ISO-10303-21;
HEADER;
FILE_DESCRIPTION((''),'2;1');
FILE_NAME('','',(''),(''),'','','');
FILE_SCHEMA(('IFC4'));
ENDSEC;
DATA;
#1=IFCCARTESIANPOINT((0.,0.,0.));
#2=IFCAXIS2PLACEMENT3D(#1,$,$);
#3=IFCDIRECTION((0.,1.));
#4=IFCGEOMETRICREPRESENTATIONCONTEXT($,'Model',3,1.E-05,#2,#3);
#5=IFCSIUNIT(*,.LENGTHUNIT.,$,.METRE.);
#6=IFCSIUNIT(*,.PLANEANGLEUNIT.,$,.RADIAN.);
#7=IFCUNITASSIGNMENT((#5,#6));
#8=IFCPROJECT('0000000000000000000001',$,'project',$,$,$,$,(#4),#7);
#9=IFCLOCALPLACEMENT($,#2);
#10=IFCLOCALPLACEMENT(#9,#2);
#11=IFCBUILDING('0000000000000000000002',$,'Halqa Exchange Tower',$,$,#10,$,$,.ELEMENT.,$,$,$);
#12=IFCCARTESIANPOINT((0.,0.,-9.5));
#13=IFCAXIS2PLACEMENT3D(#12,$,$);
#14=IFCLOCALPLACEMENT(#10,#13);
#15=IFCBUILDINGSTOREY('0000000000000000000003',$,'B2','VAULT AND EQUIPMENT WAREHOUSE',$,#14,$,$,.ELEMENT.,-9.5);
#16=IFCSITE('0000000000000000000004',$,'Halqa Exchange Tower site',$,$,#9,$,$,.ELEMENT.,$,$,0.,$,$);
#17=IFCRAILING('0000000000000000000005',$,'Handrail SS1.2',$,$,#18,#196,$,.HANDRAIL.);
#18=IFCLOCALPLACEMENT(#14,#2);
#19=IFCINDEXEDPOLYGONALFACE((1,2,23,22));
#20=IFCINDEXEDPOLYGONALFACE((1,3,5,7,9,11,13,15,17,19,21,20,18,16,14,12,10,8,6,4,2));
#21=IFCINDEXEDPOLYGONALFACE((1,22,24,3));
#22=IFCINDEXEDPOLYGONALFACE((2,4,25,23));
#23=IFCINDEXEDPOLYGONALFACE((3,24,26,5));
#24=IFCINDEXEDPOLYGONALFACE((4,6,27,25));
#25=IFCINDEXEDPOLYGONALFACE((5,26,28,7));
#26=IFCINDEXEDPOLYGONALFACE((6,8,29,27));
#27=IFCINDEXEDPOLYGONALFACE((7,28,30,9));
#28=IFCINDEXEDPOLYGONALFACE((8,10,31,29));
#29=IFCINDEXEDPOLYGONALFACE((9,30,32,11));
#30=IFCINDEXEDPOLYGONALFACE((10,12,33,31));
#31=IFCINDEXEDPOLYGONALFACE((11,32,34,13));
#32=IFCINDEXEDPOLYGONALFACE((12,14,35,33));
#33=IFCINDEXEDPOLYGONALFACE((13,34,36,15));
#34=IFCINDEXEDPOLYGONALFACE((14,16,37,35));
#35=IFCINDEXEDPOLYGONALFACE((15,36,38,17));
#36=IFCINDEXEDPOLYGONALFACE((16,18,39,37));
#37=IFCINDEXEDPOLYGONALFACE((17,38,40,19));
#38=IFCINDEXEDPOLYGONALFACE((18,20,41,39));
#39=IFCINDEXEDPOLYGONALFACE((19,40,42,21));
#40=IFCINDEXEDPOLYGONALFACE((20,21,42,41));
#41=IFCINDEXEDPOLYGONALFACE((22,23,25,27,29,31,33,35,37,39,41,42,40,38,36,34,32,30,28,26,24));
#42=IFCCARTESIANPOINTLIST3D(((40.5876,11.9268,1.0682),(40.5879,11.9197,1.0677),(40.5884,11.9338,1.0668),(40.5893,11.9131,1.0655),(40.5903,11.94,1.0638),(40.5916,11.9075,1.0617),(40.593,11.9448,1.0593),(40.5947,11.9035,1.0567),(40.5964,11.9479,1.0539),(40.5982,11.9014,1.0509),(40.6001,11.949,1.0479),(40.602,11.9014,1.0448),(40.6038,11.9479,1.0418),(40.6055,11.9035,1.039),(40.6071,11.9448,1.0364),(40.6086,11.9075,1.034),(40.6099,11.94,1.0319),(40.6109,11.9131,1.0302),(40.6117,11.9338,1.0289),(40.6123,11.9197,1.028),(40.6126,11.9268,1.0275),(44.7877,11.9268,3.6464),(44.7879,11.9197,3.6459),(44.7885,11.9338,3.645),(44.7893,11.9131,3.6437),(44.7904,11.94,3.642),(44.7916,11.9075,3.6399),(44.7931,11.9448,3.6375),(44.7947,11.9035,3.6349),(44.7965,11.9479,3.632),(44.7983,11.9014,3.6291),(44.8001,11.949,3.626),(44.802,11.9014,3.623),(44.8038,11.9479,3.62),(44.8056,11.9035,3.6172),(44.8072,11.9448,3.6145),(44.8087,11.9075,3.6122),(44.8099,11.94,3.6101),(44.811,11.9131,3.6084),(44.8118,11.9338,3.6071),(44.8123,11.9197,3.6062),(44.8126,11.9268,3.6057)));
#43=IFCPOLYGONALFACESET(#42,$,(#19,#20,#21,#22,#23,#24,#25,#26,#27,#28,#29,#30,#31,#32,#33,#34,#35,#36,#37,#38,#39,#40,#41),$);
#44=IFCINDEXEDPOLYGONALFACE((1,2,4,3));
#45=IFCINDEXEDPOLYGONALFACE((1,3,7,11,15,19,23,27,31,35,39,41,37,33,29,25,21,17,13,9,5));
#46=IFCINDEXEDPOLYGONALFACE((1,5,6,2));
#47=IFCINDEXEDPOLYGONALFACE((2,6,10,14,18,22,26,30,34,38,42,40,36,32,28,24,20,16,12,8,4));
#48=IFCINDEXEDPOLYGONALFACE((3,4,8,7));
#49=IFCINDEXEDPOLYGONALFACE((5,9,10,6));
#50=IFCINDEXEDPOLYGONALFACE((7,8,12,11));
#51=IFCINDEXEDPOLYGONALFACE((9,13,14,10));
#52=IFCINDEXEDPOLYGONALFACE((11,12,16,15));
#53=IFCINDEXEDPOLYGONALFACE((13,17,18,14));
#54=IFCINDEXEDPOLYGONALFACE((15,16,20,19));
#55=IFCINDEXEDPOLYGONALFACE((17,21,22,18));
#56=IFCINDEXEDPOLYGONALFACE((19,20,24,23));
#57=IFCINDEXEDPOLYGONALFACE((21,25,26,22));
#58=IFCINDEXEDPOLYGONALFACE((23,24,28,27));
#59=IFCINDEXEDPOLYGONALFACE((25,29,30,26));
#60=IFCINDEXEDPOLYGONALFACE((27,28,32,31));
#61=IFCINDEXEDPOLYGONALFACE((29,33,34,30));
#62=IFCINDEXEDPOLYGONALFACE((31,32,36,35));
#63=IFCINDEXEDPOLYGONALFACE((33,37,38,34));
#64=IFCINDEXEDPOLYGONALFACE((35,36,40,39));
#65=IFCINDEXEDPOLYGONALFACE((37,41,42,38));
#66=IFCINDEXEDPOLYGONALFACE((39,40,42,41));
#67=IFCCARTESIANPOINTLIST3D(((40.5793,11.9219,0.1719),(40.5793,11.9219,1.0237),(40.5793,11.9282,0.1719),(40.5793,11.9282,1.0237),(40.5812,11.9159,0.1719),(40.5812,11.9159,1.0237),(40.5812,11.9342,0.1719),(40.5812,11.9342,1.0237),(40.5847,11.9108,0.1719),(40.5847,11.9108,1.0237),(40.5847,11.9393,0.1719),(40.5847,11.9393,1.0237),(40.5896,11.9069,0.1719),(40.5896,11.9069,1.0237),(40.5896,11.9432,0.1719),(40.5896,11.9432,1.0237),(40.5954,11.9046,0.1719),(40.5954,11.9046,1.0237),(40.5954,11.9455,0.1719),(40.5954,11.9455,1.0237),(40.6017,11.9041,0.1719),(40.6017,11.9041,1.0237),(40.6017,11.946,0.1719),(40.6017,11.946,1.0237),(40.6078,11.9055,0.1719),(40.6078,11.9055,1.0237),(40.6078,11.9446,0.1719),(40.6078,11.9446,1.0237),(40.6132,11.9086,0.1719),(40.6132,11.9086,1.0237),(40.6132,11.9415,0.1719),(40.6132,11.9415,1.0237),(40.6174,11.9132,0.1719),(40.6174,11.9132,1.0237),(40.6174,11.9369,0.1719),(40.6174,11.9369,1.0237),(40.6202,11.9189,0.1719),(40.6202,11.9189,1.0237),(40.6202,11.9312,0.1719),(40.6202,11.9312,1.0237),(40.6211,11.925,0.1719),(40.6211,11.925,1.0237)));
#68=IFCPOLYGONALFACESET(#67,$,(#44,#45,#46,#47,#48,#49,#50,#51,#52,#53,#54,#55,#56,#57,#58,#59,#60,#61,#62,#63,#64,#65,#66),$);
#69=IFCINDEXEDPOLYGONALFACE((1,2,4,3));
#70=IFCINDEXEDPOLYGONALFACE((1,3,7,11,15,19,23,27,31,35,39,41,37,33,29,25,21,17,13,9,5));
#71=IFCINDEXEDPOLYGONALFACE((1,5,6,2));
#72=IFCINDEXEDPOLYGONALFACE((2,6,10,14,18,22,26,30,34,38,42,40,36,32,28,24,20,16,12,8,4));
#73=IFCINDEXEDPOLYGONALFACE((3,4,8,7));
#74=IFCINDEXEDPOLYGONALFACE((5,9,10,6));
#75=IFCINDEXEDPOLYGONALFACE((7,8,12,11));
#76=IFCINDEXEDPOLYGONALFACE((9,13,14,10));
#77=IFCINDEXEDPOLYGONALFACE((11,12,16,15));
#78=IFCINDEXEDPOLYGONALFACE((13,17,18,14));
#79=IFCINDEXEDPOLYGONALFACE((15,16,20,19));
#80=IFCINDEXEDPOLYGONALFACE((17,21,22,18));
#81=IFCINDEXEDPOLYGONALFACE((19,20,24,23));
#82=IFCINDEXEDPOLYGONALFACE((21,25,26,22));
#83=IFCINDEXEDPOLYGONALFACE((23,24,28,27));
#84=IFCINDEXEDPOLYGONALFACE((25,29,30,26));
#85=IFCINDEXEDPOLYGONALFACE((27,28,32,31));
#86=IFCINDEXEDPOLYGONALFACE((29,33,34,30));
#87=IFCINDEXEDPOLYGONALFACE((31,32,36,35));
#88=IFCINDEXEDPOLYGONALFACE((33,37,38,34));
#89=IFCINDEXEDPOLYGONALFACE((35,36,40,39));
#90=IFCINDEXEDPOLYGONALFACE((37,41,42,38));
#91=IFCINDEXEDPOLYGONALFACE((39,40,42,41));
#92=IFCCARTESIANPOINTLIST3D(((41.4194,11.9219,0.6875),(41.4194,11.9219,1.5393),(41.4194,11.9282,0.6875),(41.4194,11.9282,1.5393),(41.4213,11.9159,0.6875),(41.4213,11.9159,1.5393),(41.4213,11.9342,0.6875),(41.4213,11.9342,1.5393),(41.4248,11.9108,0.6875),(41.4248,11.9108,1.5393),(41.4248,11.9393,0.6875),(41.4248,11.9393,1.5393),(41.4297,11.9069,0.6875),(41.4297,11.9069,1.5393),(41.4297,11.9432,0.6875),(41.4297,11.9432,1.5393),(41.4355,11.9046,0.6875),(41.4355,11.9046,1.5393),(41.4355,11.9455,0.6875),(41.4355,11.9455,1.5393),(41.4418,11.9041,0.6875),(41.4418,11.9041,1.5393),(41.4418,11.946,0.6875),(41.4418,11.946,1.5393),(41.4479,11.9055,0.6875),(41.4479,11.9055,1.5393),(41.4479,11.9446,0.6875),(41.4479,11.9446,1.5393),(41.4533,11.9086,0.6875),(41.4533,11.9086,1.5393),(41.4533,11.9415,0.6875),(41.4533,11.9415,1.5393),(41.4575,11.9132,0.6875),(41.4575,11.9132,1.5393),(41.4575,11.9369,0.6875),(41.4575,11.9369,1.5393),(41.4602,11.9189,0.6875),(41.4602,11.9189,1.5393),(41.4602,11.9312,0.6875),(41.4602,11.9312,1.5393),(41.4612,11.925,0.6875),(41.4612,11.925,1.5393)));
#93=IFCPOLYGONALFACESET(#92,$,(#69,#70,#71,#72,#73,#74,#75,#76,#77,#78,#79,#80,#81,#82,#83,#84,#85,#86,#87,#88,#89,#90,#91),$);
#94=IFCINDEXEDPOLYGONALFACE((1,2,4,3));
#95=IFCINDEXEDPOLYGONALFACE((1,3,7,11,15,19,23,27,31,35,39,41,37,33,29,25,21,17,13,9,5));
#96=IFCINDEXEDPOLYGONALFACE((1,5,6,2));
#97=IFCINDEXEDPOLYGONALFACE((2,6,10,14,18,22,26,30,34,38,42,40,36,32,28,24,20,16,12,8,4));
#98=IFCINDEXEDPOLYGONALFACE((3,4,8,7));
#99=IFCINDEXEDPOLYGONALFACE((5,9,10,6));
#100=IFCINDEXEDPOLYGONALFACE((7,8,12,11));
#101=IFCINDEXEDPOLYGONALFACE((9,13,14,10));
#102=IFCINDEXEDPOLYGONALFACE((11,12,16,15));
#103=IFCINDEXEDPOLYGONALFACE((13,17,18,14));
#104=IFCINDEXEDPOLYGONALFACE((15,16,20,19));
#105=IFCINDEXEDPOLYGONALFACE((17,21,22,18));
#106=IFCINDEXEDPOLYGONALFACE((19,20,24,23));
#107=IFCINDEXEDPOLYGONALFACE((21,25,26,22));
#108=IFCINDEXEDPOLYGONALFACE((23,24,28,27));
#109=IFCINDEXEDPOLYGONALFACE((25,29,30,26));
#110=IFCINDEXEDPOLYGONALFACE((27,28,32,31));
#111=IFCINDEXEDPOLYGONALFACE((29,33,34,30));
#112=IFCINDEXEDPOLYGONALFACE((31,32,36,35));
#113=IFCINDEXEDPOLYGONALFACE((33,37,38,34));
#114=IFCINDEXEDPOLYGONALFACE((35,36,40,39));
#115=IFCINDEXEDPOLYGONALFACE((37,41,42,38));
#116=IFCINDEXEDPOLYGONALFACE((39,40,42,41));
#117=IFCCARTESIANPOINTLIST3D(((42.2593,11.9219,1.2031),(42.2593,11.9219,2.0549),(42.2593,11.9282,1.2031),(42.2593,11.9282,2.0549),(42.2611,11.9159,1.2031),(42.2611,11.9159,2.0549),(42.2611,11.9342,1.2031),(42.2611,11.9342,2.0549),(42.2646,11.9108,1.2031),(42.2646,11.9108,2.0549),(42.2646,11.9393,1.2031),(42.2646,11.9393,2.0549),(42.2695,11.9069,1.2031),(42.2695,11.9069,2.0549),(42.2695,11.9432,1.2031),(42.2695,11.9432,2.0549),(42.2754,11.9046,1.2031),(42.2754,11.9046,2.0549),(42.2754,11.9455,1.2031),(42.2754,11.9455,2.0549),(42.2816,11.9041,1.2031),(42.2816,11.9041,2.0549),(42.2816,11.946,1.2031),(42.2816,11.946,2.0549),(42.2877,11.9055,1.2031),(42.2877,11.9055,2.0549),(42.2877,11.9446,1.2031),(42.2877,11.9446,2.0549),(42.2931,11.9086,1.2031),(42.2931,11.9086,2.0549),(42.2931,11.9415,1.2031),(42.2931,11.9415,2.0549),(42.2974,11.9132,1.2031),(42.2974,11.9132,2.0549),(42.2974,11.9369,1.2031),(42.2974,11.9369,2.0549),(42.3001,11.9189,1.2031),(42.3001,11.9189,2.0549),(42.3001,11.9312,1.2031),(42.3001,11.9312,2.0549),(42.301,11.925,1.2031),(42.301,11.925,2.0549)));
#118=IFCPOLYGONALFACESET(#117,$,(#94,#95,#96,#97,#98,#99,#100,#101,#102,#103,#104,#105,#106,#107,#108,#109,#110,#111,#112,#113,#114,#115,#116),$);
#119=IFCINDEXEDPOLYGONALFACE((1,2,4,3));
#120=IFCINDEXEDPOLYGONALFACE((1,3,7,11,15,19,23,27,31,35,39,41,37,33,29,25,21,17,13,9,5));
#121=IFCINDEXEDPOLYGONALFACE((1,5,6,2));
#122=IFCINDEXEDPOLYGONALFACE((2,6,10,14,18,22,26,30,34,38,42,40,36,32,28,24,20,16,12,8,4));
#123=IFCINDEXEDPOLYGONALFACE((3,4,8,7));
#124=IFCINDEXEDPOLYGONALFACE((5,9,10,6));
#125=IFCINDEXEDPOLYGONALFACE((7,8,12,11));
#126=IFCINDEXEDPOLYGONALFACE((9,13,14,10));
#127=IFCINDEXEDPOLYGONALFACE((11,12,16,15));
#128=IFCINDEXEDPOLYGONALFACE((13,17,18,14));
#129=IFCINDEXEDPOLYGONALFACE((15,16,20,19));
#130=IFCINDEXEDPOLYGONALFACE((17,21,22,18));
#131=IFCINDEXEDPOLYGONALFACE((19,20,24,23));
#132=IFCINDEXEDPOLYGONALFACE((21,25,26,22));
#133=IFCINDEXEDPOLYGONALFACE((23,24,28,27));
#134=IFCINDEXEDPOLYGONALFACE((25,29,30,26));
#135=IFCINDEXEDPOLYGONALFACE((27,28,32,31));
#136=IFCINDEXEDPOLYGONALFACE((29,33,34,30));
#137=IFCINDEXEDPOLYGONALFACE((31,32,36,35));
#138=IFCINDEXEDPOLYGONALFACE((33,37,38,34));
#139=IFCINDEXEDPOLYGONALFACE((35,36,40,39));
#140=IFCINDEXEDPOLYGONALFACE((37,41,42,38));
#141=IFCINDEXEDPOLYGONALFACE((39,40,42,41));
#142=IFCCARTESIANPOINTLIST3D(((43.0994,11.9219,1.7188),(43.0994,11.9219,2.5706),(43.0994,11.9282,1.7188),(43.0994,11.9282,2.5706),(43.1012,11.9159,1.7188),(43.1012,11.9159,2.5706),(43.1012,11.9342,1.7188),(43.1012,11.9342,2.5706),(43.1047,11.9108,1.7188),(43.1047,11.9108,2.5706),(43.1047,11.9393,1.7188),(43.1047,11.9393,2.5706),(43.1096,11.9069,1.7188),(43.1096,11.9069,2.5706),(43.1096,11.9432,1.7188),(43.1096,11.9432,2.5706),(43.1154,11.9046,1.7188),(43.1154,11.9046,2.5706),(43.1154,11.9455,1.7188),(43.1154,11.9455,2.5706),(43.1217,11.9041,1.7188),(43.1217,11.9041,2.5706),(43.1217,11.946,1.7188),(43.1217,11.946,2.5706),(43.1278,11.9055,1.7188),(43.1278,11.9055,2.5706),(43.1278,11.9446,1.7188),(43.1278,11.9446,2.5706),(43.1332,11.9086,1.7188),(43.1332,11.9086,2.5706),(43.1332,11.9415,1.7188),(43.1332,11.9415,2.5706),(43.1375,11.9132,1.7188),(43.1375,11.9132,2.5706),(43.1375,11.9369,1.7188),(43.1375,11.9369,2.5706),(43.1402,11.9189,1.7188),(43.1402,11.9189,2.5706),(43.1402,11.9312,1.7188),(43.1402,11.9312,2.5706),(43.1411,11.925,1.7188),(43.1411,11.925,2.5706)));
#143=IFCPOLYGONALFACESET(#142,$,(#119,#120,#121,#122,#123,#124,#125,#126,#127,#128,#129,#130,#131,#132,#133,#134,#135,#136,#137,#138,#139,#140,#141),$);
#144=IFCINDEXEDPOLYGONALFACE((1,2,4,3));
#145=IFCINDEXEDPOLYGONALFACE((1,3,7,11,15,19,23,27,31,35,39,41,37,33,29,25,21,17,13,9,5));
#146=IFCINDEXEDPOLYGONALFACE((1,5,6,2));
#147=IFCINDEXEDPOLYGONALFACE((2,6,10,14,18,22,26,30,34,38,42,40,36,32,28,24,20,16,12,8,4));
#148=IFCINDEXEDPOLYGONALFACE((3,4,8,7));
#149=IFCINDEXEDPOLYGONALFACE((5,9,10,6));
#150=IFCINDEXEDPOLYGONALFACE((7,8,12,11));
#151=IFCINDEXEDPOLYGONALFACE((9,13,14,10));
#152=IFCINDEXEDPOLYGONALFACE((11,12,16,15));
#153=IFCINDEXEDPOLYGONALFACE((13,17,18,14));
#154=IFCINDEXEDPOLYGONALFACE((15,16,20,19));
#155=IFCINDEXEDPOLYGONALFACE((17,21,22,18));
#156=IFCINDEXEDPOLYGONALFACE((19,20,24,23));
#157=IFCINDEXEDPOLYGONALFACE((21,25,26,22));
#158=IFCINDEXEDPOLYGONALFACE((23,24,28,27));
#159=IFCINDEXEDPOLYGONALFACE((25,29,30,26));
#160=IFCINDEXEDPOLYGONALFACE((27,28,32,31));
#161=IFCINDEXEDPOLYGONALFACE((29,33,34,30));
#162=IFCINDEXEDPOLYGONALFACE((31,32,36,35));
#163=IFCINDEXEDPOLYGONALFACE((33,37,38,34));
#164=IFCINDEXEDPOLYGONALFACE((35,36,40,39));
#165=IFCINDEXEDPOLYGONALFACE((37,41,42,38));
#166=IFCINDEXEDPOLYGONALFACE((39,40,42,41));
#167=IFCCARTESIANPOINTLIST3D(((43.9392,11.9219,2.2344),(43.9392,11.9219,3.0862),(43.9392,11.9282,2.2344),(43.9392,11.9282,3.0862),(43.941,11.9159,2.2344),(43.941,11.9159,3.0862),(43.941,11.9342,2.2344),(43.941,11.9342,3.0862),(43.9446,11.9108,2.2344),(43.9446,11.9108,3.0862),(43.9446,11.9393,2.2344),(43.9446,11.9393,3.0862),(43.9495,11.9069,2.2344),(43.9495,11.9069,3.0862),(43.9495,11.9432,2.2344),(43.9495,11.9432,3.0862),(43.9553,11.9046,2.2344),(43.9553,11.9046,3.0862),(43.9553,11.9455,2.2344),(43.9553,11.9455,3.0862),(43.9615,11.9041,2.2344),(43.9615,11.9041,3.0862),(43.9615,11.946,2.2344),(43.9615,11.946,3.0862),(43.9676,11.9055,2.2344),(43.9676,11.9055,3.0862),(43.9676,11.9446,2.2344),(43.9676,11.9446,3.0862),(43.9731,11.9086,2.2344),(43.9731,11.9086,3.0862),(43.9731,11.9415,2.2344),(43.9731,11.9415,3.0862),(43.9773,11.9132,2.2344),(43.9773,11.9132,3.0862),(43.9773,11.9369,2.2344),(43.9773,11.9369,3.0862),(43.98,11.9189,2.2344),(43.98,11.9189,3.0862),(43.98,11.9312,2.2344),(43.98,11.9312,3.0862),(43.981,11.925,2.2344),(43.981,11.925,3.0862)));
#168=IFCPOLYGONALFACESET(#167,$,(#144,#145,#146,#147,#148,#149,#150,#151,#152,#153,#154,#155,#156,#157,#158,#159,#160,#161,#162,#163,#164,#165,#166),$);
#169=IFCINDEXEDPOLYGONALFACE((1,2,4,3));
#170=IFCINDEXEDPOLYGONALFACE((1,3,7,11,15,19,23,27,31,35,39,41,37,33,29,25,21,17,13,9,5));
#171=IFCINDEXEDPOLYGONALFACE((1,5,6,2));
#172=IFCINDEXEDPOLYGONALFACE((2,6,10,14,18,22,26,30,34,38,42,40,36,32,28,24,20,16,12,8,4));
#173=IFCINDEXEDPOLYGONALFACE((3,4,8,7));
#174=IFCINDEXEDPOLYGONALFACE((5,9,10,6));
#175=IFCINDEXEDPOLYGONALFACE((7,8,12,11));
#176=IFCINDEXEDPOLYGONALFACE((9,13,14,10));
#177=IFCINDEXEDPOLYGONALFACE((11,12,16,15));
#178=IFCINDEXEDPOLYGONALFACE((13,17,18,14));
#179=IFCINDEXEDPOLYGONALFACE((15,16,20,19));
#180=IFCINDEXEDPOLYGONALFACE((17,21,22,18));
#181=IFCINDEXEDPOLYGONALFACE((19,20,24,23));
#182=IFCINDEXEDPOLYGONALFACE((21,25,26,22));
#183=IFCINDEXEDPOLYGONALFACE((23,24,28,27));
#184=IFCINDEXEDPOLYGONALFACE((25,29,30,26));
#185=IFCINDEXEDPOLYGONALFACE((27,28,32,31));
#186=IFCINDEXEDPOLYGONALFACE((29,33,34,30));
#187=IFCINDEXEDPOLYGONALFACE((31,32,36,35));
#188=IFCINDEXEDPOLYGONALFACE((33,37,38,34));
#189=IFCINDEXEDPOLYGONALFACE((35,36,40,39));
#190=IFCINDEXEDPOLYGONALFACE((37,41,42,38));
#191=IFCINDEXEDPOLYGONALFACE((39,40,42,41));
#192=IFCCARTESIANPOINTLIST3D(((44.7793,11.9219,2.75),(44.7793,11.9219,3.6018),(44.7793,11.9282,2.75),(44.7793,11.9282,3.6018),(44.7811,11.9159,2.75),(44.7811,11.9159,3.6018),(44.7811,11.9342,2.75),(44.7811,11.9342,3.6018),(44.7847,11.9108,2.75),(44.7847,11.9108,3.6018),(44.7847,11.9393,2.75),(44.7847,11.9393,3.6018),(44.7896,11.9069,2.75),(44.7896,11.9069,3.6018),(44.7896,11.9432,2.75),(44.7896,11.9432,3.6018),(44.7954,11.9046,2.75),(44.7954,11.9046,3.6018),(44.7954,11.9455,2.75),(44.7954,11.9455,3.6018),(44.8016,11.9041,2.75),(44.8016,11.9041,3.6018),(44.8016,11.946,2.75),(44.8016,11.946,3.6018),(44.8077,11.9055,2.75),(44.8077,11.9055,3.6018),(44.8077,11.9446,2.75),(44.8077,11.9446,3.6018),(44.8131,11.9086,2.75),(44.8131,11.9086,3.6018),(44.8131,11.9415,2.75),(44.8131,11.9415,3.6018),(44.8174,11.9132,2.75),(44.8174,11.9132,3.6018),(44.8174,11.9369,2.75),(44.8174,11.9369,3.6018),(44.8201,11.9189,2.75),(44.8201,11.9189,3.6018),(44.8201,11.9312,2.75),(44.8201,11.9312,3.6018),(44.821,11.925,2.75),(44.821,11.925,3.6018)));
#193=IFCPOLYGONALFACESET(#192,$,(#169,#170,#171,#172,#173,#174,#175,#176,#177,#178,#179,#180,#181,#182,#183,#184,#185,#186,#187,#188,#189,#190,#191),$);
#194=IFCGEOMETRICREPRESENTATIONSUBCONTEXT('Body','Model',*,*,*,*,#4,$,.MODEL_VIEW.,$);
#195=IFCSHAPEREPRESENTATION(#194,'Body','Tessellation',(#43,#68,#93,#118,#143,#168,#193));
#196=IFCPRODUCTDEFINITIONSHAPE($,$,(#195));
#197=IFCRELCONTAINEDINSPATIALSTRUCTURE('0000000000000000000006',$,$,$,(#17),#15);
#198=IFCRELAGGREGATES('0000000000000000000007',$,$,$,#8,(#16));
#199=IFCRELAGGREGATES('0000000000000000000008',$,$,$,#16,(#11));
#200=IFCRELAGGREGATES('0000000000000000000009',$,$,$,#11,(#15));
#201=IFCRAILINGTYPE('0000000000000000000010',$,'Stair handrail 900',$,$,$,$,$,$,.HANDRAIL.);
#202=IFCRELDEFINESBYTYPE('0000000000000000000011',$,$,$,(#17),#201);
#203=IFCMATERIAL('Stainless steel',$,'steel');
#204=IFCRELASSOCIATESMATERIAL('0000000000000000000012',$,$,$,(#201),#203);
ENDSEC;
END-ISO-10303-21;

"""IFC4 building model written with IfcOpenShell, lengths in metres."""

from ifc_helpers import new_model, si_unit, direction, frame, origin, origin_2d, place, context, subcontext, project, spatial, circle, extrude, material, type_object, element, save


model = new_model("IFC4")

# Units and contexts
model_context = context("Model", 3, precision=1e-05, world=origin(), true_north=direction((0.0, 1.0)))
body_context = subcontext(model_context, "Body", "Model", "MODEL_VIEW")
ifc_project = project(units=[si_unit("LENGTHUNIT", "METRE"), si_unit("PLANEANGLEUNIT", "RADIAN")], contexts=[model_context])

# Site, building, storey
site_placement = place(None, origin())
site = spatial("IfcSite", under=ifc_project, at=site_placement, Name="Halqa Exchange Tower site", CompositionType="ELEMENT", RefElevation=0.0)
building_placement = place(site_placement, origin())
building = spatial("IfcBuilding", under=site, at=building_placement, Name="Halqa Exchange Tower", CompositionType="ELEMENT")
storey_placement = place(building_placement, frame((0.0, 0.0, -9.5)))
storey = spatial("IfcBuildingStorey", under=building, at=storey_placement, Name="B2", Description="VAULT AND EQUIPMENT WAREHOUSE", CompositionType="ELEMENT", Elevation=-9.5)

# Railing
ifc_material_1 = material(Name="Stainless steel", Category="steel")
railing_type_1 = type_object("IfcRailingType", Name="Stair handrail 900", PredefinedType="HANDRAIL", material=ifc_material_1)
railing_1_placement = place(storey_placement, frame((40.6001, 11.925, 0.1719)))
element("IfcRailing", 1, at=railing_1_placement, inside=storey, type_object=railing_type_1, Name="Handrail SS1.2", PredefinedType="HANDRAIL", context=body_context, shape_type="SweptSolid", body=[
    extrude(circle(Radius=0.0239, at=origin_2d()), frame((0.0, 0.0, 0.876), z_axis=(0.852243, 0.0, 0.523146), x_axis=(0.0, 1.0, 0.0)), (0.0, 0.0, 1.0), 4.9282),
    extrude(circle(Radius=0.021, at=origin_2d()), origin(), (0.0, 0.0, 1.0), 0.8518),
    extrude(circle(Radius=0.021, at=origin_2d()), frame((0.8401, 0.0, 0.5156)), (0.0, 0.0, 1.0), 0.8518),
    extrude(circle(Radius=0.021, at=origin_2d()), frame((1.6799, 0.0, 1.0312)), (0.0, 0.0, 1.0), 0.8518),
    extrude(circle(Radius=0.021, at=origin_2d()), frame((2.52, 0.0, 1.5469)), (0.0, 0.0, 1.0), 0.8518),
    extrude(circle(Radius=0.021, at=origin_2d()), frame((3.3599, 0.0, 2.0625)), (0.0, 0.0, 1.0), 0.8518),
    extrude(circle(Radius=0.021, at=origin_2d()), frame((4.2, 0.0, 2.5781)), (0.0, 0.0, 1.0), 0.8518),
])

save(model, "model.ifc")
